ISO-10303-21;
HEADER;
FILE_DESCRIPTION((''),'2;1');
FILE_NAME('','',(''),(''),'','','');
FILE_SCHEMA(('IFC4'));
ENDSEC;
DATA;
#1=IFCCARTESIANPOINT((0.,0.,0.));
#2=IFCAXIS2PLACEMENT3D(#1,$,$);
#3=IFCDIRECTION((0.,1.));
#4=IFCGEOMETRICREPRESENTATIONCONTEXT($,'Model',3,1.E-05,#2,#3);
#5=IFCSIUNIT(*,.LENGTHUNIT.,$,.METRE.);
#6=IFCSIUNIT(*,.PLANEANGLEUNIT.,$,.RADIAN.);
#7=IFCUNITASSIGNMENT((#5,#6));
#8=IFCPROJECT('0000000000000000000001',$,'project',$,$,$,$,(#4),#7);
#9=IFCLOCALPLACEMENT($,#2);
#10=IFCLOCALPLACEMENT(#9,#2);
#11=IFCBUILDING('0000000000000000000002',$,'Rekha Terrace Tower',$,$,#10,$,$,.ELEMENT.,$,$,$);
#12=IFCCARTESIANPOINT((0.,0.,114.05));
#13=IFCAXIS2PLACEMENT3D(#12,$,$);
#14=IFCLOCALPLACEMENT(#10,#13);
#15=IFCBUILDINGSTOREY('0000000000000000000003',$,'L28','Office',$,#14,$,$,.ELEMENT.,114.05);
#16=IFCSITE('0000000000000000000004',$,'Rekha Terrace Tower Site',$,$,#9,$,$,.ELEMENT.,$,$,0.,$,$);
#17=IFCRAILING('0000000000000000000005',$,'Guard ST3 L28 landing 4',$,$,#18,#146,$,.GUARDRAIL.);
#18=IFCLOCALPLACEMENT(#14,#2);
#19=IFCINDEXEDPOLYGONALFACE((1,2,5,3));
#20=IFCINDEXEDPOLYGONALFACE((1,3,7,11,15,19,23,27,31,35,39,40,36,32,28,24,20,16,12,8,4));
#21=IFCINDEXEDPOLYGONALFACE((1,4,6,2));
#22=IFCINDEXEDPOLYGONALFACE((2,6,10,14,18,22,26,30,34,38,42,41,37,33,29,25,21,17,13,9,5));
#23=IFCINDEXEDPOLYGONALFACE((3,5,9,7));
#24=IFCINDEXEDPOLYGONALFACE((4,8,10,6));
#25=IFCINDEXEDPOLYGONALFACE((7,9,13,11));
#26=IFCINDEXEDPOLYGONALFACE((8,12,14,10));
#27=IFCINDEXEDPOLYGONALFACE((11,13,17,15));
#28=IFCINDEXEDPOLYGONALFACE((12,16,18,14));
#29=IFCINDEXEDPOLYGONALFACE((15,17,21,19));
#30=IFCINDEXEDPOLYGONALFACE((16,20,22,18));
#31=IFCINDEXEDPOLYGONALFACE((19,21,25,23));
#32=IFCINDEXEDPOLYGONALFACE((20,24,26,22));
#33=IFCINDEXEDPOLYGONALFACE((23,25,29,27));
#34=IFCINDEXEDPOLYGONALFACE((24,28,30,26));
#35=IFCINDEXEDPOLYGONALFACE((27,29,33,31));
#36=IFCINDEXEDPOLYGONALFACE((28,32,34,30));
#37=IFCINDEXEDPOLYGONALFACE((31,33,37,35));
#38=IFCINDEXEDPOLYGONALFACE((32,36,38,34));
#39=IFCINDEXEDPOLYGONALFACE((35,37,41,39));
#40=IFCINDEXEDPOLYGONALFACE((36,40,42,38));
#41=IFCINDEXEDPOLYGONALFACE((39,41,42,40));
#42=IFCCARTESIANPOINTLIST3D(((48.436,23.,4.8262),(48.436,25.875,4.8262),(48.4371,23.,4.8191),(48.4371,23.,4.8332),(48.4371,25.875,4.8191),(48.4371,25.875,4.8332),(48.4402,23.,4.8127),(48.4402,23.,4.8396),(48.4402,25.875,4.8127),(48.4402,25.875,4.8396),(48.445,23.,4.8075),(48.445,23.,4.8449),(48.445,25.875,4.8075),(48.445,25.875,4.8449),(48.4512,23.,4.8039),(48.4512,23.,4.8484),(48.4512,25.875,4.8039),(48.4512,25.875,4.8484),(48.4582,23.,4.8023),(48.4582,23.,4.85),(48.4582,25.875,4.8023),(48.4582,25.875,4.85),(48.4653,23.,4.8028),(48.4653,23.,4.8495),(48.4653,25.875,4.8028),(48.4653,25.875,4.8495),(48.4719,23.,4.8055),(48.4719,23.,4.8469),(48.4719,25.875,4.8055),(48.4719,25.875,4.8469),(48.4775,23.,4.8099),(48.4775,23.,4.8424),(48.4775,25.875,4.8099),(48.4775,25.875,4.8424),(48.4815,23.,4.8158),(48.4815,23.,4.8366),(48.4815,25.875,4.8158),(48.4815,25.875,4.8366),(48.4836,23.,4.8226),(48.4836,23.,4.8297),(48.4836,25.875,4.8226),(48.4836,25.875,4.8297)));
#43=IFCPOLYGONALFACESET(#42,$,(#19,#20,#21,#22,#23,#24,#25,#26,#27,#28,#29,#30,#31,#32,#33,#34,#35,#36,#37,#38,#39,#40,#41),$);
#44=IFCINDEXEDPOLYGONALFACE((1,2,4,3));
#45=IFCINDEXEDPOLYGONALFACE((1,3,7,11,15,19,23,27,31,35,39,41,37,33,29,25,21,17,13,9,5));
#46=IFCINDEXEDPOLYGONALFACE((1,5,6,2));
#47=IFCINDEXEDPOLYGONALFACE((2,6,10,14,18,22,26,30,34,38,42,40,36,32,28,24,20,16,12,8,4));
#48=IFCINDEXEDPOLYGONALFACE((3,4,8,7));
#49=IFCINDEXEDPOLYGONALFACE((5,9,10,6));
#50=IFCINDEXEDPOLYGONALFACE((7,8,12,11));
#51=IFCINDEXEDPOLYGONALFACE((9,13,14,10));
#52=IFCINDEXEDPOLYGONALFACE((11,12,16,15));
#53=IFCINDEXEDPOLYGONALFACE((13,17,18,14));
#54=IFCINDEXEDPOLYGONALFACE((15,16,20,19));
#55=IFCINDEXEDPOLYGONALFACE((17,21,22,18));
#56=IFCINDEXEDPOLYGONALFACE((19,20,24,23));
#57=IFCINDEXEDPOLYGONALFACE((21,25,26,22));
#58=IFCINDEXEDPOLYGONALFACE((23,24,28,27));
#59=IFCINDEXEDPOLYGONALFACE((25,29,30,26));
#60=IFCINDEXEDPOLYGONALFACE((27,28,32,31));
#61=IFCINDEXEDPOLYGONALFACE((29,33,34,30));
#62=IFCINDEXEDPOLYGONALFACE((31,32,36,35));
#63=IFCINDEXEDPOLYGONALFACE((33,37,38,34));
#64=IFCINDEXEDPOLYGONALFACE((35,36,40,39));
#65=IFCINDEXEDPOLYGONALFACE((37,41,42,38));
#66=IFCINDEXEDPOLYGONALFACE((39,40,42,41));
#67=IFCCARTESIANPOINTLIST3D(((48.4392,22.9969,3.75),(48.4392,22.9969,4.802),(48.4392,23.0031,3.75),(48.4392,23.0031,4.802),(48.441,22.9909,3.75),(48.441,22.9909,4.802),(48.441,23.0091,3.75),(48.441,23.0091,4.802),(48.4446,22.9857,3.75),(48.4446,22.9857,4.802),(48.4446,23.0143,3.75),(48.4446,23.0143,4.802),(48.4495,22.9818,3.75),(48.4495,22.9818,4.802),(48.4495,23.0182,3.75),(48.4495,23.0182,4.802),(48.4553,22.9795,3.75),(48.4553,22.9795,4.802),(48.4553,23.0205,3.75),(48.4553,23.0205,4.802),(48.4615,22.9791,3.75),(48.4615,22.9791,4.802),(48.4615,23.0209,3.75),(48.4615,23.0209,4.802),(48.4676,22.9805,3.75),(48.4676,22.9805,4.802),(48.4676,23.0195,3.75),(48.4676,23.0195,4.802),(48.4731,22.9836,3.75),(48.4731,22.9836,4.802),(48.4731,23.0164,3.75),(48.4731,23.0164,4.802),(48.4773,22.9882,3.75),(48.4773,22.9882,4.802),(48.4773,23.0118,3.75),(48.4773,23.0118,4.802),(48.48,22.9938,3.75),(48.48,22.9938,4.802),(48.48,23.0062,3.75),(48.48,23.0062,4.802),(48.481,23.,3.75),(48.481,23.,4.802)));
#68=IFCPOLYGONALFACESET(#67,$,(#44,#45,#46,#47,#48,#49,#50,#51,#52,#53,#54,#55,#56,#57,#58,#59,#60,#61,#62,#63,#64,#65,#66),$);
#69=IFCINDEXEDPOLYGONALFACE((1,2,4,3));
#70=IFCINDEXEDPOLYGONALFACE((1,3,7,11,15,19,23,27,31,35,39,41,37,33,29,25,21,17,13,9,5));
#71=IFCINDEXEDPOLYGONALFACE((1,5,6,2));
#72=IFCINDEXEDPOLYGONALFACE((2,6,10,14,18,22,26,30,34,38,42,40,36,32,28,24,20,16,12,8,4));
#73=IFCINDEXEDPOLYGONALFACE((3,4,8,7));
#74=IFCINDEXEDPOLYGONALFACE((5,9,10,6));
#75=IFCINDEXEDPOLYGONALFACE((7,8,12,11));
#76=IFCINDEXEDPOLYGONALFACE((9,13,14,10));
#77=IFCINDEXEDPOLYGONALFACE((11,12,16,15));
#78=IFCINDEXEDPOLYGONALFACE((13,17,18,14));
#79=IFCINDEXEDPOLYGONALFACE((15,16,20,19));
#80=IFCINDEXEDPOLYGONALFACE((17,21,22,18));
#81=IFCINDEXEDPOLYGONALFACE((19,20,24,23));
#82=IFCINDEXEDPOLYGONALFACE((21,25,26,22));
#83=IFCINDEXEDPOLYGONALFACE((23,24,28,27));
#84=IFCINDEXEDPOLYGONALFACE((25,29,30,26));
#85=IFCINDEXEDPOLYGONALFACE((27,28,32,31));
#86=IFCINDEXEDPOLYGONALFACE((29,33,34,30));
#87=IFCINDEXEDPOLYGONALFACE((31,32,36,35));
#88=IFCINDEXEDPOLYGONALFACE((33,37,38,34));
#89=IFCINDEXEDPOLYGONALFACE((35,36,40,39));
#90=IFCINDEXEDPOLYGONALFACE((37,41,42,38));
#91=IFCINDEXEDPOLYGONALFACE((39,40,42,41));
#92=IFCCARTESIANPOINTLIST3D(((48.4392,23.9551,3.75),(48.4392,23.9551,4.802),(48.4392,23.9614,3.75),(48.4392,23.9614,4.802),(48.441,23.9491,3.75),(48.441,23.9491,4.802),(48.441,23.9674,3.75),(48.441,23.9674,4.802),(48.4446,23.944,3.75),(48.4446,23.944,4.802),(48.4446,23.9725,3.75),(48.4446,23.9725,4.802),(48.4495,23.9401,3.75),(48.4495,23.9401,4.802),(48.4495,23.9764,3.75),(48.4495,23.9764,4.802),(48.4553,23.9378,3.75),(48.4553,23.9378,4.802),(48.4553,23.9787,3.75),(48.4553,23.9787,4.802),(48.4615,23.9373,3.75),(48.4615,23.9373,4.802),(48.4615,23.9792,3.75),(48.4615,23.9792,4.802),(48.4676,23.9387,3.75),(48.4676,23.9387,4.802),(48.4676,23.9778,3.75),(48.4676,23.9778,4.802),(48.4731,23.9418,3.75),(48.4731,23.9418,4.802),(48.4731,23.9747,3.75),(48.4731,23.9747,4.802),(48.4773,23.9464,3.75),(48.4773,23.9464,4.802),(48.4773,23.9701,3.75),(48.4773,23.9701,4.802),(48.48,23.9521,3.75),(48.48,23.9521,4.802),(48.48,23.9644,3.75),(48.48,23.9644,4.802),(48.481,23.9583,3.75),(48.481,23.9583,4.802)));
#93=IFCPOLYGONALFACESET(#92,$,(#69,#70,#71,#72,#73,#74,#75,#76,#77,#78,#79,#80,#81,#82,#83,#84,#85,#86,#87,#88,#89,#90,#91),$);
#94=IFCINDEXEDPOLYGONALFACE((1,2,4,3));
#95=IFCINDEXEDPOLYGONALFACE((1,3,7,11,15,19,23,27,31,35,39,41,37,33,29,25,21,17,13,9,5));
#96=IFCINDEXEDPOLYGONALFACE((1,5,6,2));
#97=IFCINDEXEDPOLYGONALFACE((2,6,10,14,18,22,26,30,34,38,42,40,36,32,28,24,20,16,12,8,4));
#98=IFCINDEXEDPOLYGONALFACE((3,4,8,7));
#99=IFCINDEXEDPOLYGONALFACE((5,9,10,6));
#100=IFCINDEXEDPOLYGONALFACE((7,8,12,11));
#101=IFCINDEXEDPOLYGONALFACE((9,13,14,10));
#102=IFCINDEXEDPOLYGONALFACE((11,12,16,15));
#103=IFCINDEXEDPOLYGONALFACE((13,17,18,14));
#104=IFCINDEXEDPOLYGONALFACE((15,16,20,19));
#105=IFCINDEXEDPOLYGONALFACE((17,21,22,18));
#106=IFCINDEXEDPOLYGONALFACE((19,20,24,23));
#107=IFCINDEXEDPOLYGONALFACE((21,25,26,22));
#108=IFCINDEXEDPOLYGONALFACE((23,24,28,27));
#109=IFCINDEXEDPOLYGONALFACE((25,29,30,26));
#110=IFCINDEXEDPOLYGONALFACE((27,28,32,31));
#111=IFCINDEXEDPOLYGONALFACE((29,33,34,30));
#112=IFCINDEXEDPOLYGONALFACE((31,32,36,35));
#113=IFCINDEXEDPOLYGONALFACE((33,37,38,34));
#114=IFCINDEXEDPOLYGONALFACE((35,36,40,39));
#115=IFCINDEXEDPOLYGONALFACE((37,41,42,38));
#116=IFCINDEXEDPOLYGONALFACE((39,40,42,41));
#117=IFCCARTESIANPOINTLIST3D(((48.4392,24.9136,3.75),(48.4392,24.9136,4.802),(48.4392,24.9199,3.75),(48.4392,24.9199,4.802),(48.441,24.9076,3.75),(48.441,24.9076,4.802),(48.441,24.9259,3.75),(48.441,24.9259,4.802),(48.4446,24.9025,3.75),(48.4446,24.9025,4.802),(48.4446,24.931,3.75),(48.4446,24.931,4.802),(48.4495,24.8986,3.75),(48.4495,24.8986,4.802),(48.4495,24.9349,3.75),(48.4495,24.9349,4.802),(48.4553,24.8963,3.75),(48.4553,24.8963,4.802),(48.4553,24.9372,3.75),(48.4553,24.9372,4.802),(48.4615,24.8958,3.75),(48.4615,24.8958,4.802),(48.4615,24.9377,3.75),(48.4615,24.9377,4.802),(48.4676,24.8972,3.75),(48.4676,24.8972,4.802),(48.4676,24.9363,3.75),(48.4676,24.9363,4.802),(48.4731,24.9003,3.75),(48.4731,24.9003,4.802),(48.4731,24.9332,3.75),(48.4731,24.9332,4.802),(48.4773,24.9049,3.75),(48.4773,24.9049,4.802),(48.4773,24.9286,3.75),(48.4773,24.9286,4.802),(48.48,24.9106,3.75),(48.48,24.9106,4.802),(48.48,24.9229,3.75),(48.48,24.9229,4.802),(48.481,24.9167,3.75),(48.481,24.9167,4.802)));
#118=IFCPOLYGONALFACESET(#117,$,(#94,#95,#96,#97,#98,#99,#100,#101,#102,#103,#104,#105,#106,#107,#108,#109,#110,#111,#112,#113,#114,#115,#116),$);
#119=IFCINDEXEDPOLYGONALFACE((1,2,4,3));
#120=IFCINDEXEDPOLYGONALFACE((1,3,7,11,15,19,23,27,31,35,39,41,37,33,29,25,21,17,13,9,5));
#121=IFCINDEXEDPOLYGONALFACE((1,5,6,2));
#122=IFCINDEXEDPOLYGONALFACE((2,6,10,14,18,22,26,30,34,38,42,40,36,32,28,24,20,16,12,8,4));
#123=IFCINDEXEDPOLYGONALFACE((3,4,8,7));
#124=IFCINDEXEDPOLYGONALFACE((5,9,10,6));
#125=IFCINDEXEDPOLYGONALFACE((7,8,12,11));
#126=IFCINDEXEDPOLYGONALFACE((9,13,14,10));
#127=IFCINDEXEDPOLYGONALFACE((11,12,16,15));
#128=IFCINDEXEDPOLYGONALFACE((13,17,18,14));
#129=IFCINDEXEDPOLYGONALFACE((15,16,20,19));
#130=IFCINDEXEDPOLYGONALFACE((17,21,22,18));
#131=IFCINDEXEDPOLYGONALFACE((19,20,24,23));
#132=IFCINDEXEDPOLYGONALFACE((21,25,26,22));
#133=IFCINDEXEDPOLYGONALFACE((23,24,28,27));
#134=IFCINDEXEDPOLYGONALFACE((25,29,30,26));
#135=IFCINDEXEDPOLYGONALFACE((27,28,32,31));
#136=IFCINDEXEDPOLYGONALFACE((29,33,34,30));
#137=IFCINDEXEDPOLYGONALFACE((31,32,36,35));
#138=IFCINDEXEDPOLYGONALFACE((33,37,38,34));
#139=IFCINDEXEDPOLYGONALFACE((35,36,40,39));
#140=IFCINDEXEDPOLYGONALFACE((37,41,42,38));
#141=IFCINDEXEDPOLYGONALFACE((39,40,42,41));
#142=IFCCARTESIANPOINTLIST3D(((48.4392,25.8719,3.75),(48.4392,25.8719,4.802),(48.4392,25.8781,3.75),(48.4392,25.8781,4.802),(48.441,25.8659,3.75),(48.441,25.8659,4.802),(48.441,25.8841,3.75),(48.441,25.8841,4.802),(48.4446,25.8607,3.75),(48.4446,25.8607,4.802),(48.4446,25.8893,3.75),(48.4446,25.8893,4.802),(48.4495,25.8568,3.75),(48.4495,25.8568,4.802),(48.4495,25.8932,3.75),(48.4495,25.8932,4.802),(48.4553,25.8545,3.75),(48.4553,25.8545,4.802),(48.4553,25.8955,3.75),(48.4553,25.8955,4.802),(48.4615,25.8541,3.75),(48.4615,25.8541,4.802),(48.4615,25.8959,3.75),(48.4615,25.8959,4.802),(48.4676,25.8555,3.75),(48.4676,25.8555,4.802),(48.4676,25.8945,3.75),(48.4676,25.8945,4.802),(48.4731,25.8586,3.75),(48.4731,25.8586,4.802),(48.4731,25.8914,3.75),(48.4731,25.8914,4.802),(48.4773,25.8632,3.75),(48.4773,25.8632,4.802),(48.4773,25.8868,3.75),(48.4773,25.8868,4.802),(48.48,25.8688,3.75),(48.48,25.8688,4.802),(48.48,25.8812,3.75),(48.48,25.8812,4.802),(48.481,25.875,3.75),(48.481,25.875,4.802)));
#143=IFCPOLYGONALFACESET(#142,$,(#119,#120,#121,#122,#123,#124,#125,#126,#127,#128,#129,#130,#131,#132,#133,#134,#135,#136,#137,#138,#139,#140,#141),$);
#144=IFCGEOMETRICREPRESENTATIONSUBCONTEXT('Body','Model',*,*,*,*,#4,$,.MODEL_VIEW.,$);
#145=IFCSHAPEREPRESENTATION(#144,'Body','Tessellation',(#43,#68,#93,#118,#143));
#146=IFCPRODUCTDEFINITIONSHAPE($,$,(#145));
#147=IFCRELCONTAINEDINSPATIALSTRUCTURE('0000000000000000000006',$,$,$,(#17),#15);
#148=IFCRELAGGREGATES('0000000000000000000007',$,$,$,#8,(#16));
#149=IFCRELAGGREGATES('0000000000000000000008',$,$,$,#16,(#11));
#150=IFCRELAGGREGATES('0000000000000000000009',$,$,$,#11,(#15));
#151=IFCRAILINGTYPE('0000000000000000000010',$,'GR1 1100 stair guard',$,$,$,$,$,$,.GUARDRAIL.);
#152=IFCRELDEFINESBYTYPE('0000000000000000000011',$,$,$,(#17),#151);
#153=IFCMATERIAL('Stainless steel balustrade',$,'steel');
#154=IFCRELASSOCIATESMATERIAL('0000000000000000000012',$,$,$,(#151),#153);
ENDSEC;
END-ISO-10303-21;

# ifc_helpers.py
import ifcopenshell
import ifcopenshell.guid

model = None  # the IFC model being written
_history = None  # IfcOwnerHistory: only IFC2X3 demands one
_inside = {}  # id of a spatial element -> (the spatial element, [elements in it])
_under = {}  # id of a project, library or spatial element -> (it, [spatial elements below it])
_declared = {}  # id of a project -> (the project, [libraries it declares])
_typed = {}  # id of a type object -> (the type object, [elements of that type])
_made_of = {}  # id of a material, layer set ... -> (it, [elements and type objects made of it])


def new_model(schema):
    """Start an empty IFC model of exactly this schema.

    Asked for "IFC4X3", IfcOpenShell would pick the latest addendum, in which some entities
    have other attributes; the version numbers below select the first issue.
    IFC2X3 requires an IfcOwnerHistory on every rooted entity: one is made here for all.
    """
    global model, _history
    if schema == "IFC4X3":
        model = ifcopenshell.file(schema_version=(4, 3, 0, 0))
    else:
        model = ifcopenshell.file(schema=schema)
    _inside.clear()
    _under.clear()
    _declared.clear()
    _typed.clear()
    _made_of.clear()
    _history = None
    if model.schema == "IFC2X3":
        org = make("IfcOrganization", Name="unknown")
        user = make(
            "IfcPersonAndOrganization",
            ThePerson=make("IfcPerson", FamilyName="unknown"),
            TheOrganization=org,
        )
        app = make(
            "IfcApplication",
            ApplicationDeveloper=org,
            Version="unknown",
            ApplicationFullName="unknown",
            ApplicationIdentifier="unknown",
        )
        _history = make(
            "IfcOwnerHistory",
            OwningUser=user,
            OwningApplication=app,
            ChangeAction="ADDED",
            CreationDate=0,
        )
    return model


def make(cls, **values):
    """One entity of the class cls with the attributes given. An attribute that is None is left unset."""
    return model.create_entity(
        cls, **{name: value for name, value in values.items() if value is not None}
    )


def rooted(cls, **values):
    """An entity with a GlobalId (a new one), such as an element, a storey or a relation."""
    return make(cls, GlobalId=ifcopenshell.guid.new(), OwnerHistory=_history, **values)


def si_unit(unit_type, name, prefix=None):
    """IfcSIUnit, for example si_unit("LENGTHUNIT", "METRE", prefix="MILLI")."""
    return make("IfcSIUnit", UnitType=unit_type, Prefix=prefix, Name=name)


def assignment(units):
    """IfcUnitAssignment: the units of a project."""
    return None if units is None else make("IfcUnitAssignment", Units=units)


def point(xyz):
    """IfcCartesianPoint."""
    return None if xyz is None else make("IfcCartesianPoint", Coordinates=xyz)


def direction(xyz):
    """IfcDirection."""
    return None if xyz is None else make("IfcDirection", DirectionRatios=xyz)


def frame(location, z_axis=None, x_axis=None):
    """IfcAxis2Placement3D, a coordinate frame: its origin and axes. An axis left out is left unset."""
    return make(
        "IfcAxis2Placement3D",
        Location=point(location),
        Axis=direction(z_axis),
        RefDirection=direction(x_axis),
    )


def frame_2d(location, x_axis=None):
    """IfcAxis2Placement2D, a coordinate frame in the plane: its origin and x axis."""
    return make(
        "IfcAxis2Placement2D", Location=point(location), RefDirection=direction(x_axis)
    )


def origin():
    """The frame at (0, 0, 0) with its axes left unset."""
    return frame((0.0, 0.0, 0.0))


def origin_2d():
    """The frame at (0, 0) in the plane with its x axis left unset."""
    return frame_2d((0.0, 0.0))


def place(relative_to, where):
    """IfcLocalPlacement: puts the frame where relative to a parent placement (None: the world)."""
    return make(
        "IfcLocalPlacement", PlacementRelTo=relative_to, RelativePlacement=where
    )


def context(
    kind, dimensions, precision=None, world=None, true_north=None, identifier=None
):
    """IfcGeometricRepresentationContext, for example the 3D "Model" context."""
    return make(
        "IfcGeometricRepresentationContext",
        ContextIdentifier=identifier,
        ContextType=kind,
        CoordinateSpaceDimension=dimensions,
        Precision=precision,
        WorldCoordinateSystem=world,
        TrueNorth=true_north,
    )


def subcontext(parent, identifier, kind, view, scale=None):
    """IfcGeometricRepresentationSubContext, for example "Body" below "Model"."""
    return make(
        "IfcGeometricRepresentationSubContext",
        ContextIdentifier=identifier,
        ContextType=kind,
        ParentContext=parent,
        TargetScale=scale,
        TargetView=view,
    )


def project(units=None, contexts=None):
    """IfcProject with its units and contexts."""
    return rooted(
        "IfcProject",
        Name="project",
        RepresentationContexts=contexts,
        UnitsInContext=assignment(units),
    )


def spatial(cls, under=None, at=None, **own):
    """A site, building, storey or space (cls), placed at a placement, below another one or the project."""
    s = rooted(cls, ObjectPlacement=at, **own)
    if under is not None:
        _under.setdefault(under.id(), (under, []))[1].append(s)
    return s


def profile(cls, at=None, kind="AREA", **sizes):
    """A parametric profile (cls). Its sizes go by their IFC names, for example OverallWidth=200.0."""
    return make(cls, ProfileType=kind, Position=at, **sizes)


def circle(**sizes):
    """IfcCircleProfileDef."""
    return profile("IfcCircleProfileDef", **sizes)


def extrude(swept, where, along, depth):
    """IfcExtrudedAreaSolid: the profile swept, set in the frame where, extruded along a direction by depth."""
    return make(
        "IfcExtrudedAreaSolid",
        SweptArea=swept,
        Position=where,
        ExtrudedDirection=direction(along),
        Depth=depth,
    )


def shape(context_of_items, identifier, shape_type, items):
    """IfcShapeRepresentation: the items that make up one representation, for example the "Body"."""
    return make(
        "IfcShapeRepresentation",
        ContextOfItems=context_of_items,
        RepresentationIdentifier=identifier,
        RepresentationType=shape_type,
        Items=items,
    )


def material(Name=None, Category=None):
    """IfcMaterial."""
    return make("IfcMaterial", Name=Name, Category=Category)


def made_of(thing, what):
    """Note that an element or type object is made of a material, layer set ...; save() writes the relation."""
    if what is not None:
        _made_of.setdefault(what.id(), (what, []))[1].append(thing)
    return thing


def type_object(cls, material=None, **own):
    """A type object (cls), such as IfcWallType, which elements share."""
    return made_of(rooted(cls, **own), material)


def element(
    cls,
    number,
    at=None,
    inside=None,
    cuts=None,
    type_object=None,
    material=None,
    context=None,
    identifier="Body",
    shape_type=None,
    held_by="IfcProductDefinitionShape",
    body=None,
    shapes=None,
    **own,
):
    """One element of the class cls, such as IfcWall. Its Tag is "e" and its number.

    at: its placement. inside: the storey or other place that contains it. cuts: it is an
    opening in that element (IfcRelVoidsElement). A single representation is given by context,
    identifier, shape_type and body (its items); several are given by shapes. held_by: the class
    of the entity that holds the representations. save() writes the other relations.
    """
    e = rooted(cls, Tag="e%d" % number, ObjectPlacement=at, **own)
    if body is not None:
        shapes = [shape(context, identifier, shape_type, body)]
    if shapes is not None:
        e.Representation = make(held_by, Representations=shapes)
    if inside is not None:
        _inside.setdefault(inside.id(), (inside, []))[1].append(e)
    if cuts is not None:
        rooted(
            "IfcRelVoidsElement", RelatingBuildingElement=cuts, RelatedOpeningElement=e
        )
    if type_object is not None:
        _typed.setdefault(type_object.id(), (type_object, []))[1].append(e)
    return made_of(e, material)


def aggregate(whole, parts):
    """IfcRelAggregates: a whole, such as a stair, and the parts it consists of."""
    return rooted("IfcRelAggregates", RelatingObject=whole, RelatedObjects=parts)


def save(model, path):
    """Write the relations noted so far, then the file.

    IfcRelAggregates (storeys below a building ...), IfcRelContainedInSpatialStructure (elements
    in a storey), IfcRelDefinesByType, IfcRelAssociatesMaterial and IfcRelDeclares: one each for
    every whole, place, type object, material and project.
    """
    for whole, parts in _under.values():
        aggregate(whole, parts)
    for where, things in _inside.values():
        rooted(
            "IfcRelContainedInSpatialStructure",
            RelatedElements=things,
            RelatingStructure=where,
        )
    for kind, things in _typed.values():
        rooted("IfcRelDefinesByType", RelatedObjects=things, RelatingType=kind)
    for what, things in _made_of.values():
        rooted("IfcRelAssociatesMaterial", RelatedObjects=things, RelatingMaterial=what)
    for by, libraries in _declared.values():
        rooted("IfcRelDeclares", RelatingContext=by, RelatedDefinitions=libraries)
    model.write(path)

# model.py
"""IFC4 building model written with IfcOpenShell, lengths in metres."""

from ifc_helpers import new_model, si_unit, direction, frame, origin, origin_2d, place, context, subcontext, project, spatial, circle, extrude, material, type_object, element, save


model = new_model("IFC4")

# Units and contexts
model_context = context("Model", 3, precision=1e-05, world=origin(), true_north=direction((0.0, 1.0)))
body_context = subcontext(model_context, "Body", "Model", "MODEL_VIEW")
ifc_project = project(units=[si_unit("LENGTHUNIT", "METRE"), si_unit("PLANEANGLEUNIT", "RADIAN")], contexts=[model_context])

# Site, building, storey
site_placement = place(None, origin())
site = spatial("IfcSite", under=ifc_project, at=site_placement, Name="Rekha Terrace Tower Site", CompositionType="ELEMENT", RefElevation=0.0)
building_placement = place(site_placement, origin())
building = spatial("IfcBuilding", under=site, at=building_placement, Name="Rekha Terrace Tower", CompositionType="ELEMENT")
storey_placement = place(building_placement, frame((0.0, 0.0, 114.05)))
storey = spatial("IfcBuildingStorey", under=building, at=storey_placement, Name="L28", Description="Office", CompositionType="ELEMENT", Elevation=114.05)

# Railing
ifc_material_1 = material(Name="Stainless steel balustrade", Category="steel")
railing_type_1 = type_object("IfcRailingType", Name="GR1 1100 stair guard", PredefinedType="GUARDRAIL", material=ifc_material_1)
railing_1_placement = place(storey_placement, frame((48.46, 23.0, 3.75)))
element("IfcRailing", 1, at=railing_1_placement, inside=storey, type_object=railing_type_1, Name="Guard ST3 L28 landing 4", PredefinedType="GUARDRAIL", context=body_context, shape_type="SweptSolid", body=[
    extrude(circle(Radius=0.0239, at=origin_2d()), frame((0.0, 0.0, 1.0762), z_axis=(0.0, 1.0, 0.0), x_axis=(-1.0, 0.0, 0.0)), (0.0, 0.0, 1.0), 2.875),
    extrude(circle(Radius=0.021, at=origin_2d()), origin(), (0.0, 0.0, 1.0), 1.052),
    extrude(circle(Radius=0.021, at=origin_2d()), frame((0.0, 0.9583, 0.0)), (0.0, 0.0, 1.0), 1.052),
    extrude(circle(Radius=0.021, at=origin_2d()), frame((0.0, 1.9167, 0.0)), (0.0, 0.0, 1.0), 1.052),
    extrude(circle(Radius=0.021, at=origin_2d()), frame((0.0, 2.875, 0.0)), (0.0, 0.0, 1.0), 1.052),
])

save(model, "model.ifc")
